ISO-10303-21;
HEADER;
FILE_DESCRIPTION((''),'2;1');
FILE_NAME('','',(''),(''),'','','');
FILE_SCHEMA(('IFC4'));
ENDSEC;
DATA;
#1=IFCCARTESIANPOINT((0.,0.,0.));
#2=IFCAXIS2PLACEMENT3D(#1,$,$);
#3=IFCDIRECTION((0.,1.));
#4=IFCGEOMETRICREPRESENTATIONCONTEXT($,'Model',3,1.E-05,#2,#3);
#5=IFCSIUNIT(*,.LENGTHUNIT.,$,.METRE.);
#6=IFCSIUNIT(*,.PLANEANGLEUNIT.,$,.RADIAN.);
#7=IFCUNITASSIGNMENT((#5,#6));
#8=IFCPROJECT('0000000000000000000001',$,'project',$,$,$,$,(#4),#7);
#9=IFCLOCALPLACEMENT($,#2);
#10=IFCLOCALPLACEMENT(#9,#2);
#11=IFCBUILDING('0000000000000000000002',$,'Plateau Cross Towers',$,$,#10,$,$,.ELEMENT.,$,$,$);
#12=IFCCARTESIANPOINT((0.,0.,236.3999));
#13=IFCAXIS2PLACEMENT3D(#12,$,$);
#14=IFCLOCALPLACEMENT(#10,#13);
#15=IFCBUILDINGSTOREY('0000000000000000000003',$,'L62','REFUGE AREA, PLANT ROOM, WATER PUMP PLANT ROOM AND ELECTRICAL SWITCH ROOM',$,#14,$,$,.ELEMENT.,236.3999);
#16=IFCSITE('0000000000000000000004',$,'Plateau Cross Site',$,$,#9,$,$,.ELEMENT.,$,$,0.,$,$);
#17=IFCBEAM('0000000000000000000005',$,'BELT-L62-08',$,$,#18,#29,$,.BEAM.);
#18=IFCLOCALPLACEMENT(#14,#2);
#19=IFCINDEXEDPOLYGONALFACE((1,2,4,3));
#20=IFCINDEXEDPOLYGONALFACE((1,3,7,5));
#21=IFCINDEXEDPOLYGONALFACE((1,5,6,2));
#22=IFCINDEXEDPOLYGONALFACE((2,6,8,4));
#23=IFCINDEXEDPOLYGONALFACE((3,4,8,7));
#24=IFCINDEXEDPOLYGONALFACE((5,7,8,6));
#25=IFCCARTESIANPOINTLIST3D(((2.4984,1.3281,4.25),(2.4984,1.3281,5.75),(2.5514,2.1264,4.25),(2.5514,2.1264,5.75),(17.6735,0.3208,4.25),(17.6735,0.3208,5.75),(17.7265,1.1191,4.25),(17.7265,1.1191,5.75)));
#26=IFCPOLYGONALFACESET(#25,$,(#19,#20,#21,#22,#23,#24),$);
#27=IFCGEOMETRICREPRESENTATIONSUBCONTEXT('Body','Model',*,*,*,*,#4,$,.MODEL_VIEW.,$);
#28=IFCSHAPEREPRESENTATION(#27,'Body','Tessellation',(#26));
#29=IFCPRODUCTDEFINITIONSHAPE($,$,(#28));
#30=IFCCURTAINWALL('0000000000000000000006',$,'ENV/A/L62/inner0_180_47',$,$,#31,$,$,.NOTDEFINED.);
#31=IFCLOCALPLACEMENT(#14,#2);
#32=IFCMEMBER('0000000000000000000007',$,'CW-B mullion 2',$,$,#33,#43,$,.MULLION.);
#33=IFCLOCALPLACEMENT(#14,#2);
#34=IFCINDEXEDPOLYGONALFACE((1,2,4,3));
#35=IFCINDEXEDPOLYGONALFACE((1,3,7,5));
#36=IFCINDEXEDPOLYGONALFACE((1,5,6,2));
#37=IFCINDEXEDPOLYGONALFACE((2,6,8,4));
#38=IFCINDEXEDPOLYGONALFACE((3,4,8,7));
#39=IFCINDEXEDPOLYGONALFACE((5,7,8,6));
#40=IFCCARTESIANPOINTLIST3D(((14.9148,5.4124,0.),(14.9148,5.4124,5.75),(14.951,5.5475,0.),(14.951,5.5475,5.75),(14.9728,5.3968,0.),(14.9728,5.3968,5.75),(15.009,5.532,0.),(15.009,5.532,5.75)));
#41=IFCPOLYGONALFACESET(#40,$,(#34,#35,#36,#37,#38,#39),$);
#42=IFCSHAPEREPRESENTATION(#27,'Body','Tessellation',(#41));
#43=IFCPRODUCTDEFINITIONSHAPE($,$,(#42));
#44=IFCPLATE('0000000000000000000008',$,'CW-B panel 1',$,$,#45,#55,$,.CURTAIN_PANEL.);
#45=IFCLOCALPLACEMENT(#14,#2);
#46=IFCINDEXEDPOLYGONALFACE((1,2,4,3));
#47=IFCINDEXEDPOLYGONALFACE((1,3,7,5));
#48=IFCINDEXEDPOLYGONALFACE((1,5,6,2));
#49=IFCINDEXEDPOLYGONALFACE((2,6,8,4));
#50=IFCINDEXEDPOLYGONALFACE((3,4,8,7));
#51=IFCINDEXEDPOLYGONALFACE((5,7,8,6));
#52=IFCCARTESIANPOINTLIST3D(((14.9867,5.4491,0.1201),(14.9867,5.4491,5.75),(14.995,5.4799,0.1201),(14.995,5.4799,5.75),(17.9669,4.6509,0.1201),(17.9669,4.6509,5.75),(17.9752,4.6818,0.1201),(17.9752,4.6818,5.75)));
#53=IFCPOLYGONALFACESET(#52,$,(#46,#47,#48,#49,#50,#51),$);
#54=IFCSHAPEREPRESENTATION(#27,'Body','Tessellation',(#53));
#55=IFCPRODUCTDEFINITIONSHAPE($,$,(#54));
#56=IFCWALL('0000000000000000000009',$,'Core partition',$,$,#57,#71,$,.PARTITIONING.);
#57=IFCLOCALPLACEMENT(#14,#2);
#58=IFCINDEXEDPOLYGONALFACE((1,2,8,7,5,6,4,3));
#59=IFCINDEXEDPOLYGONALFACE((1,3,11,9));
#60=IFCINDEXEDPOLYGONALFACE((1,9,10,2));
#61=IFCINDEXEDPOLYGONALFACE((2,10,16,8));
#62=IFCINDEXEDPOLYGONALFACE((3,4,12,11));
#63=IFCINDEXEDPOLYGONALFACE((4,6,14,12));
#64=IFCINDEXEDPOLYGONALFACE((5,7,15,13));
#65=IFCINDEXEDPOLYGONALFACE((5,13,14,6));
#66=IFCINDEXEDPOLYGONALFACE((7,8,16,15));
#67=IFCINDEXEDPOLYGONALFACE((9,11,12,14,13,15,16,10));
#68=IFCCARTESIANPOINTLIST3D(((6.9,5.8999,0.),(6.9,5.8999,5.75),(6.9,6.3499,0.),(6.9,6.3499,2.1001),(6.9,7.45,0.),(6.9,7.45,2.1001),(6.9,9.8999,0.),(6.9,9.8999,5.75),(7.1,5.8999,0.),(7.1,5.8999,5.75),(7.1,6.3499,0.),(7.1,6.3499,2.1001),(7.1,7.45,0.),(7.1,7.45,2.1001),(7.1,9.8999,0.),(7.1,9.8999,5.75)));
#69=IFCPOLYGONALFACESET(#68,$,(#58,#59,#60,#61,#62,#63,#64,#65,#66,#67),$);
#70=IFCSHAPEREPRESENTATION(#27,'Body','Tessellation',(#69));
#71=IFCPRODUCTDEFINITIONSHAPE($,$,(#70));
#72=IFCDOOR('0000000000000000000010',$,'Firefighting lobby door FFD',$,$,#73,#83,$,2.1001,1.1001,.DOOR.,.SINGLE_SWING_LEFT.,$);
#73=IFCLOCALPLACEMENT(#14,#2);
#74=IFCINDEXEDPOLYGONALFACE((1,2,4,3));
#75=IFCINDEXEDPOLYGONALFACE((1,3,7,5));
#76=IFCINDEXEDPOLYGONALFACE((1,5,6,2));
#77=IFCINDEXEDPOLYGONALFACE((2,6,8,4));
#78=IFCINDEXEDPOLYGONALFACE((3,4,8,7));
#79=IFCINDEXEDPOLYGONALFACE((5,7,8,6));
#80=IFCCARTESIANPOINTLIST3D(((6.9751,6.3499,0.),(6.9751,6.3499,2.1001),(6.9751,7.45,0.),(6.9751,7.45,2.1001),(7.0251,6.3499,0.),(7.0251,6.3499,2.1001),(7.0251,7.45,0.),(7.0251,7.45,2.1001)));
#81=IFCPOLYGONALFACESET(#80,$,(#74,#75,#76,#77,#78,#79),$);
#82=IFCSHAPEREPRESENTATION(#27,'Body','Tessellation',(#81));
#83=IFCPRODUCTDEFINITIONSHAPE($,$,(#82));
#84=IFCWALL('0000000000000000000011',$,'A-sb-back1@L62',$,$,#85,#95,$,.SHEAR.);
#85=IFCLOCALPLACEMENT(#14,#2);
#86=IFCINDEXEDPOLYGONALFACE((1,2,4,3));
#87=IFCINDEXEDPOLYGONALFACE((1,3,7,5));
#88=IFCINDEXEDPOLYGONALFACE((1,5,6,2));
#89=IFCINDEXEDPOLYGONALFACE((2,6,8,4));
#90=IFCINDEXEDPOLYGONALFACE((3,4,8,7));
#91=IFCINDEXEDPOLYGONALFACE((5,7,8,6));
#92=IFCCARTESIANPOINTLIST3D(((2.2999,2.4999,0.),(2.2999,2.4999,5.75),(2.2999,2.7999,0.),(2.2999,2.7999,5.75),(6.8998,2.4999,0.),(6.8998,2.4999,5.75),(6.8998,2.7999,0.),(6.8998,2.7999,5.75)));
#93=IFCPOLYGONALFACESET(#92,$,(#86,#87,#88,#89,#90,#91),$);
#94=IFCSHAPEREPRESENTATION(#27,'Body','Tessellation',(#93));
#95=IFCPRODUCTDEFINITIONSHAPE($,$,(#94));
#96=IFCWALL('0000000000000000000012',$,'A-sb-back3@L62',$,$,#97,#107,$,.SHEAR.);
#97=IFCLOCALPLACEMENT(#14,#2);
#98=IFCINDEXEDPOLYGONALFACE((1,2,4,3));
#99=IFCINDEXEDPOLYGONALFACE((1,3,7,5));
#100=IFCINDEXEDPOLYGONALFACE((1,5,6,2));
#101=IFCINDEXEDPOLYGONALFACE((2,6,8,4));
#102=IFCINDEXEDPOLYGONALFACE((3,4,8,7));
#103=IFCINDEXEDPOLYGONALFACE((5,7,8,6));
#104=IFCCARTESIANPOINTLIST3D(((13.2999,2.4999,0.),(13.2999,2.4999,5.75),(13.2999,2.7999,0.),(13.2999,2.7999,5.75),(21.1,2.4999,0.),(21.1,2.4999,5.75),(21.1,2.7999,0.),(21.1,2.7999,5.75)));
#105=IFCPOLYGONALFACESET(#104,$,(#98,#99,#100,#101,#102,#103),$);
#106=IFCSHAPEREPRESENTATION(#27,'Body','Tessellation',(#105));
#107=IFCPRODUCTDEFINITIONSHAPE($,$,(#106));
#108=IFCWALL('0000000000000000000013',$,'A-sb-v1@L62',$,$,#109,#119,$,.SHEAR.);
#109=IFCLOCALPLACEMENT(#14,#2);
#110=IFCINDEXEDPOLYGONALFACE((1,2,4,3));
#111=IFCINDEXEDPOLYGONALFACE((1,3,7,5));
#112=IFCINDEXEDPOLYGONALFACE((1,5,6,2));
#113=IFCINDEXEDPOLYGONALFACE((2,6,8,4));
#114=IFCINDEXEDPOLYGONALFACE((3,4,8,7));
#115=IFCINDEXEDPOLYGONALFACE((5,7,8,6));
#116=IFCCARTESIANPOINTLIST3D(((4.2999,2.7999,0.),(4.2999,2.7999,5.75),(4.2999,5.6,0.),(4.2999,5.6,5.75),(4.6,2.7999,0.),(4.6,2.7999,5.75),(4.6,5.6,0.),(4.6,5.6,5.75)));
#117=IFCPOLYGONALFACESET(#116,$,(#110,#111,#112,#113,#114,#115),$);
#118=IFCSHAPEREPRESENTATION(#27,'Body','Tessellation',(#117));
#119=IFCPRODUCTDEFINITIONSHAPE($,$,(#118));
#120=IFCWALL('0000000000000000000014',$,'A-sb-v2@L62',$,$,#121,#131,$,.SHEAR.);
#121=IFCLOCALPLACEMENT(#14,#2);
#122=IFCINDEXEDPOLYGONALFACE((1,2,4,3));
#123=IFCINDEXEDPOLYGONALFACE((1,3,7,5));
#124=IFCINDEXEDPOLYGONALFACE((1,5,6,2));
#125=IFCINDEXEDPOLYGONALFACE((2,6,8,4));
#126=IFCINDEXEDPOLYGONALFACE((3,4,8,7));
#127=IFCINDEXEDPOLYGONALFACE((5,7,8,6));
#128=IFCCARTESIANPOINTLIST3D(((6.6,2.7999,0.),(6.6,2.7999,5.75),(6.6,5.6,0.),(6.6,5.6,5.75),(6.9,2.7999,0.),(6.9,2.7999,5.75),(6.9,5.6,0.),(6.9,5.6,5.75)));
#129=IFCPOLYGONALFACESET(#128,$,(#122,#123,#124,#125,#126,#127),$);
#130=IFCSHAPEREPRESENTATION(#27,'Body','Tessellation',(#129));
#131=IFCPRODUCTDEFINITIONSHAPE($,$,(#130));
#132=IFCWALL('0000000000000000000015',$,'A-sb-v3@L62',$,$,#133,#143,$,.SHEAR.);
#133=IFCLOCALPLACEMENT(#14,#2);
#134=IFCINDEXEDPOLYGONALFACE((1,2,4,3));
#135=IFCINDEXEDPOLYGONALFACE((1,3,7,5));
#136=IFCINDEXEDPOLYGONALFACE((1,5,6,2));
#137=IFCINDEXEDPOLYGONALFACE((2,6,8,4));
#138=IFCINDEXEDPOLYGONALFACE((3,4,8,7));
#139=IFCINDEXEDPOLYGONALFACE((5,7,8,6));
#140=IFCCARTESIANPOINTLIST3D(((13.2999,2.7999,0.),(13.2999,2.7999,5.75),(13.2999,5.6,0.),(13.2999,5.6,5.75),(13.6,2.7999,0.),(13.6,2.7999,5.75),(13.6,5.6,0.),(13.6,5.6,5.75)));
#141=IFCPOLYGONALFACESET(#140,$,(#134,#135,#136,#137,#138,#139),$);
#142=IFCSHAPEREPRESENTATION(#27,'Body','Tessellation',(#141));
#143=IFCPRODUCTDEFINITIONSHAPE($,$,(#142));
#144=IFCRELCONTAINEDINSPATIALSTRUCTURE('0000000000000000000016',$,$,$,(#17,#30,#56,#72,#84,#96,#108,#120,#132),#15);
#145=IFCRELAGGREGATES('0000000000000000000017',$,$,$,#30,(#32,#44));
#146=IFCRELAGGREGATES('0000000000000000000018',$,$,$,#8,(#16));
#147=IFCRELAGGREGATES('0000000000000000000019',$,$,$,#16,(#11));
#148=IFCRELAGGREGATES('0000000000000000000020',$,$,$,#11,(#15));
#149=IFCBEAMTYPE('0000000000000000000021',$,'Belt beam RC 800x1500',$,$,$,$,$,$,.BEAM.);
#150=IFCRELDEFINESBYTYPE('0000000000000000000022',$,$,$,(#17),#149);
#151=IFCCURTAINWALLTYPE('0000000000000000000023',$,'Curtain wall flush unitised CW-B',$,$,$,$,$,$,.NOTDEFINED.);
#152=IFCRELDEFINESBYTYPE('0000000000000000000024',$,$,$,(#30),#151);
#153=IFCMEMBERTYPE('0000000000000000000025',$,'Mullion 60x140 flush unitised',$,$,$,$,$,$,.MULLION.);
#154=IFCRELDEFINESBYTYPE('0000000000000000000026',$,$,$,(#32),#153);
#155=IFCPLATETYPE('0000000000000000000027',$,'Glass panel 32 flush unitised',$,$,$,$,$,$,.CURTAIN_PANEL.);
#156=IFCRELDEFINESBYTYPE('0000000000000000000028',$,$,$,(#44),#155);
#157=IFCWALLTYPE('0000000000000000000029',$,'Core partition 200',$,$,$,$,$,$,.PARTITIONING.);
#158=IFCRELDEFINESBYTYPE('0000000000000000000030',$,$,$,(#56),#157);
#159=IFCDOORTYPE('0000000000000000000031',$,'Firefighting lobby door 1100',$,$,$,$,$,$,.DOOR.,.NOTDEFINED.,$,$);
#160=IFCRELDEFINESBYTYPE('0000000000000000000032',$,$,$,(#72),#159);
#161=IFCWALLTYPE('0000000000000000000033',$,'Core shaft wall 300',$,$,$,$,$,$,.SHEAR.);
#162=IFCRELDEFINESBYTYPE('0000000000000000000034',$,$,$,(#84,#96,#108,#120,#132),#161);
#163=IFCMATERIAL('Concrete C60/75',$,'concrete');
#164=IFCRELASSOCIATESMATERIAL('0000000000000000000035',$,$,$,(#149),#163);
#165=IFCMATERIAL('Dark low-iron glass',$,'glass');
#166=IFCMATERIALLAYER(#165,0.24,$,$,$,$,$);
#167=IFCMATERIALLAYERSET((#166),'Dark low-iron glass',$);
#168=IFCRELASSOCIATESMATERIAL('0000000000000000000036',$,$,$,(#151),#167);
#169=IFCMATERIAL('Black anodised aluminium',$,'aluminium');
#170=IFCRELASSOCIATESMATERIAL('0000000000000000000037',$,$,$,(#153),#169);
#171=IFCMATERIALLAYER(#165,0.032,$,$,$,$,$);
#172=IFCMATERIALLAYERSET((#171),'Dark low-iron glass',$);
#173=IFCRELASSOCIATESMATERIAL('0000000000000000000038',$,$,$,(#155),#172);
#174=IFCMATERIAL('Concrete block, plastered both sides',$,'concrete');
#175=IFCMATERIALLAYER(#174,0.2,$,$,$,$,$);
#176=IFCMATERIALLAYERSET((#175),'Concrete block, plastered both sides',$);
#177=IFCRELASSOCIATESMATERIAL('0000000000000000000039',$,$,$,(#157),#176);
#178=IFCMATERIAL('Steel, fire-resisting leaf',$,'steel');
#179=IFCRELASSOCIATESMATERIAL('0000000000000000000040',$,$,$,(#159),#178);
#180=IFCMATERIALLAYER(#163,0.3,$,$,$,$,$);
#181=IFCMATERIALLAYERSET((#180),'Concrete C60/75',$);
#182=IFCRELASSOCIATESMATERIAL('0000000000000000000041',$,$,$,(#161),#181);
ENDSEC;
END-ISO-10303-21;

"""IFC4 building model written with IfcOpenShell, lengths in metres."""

from ifc_helpers import new_model, si_unit, direction, frame, frame_2d, origin, origin_2d, place, context, subcontext, project, spatial, rectangle, extrude, material, layer, layer_set, material_profile, profile_set, type_object, element, fill, aggregate, save


model = new_model("IFC4")

# Units and contexts
model_context = context("Model", 3, precision=1e-05, world=origin(), true_north=direction((0.0, 1.0)))
body_context = subcontext(model_context, "Body", "Model", "MODEL_VIEW")
ifc_project = project(units=[si_unit("LENGTHUNIT", "METRE"), si_unit("PLANEANGLEUNIT", "RADIAN")], contexts=[model_context])

# Site, building, storey
site_placement = place(None, origin())
site = spatial("IfcSite", under=ifc_project, at=site_placement, Name="Plateau Cross Site", CompositionType="ELEMENT", RefElevation=0.0)
building_placement = place(site_placement, origin())
building = spatial("IfcBuilding", under=site, at=building_placement, Name="Plateau Cross Towers", CompositionType="ELEMENT")
storey_placement = place(building_placement, frame((0.0, 0.0, 236.3999)))
storey = spatial("IfcBuildingStorey", under=building, at=storey_placement, Name="L62", Description="REFUGE AREA, PLANT ROOM, WATER PUMP PLANT ROOM AND ELECTRICAL SWITCH ROOM", CompositionType="ELEMENT", Elevation=236.3999)

# Beam
ifc_material_1 = material(Name="Concrete C60/75", Category="concrete")
ifc_material_profile_1 = material_profile(ifc_material_1, rectangle(XDim=0.8, YDim=1.5, at=origin_2d()), Name="RC 800x1500")
ifc_profile_set_1 = profile_set([ifc_material_profile_1], Name="Concrete C60/75")
beam_type = type_object("IfcBeamType", Name="Belt beam RC 800x1500", PredefinedType="BEAM", material=ifc_profile_set_1)
beam_placement = place(storey_placement, frame((2.5249, 1.7273, 5.0), z_axis=(0.997804, -0.066235, 0.0), x_axis=(0.066235, 0.997804, 0.0)))
element("IfcBeam", 1, at=beam_placement, inside=storey, type_object=beam_type, Name="BELT-L62-08", PredefinedType="BEAM", context=body_context, shape_type="SweptSolid", body=[
    extrude(rectangle(XDim=0.8, YDim=1.5, at=origin_2d()), origin(), (0.0, 0.0, 1.0), 15.2085),
])

# Curtain wall, member, plate
ifc_material_2 = material(Name="Dark low-iron glass", Category="glass")
ifc_layer_1 = layer(ifc_material_2, 0.24)
ifc_layer_set_1 = layer_set([ifc_layer_1], Name="Dark low-iron glass")
curtain_wall_type = type_object("IfcCurtainWallType", Name="Curtain wall flush unitised CW-B", PredefinedType="NOTDEFINED", material=ifc_layer_set_1)
curtain_wall_placement = place(storey_placement, origin())
curtain_wall = element("IfcCurtainWall", 2, at=curtain_wall_placement, inside=storey, type_object=curtain_wall_type, Name="ENV/A/L62/inner0_180_47", PredefinedType="NOTDEFINED")
ifc_material_3 = material(Name="Black anodised aluminium", Category="aluminium")
ifc_material_profile_2 = material_profile(ifc_material_3, rectangle(XDim=0.0601, YDim=0.1399, at=origin_2d()), Name="MULLION 60x140")
ifc_profile_set_2 = profile_set([ifc_material_profile_2], Name="Black anodised aluminium")
member_type = type_object("IfcMemberType", Name="Mullion 60x140 flush unitised", PredefinedType="MULLION", material=ifc_profile_set_2)
member_placement = place(storey_placement, frame((14.9619, 5.4722, 0.0), z_axis=(0.0, 0.0, 1.0), x_axis=(-0.965958, 0.258699, 0.0)))
member = element("IfcMember", 3, at=member_placement, type_object=member_type, Name="CW-B mullion 2", PredefinedType="MULLION", context=body_context, shape_type="SweptSolid", body=[
    extrude(rectangle(XDim=0.0601, YDim=0.1399, at=origin_2d()), origin(), (0.0, 0.0, 1.0), 5.75),
])
ifc_layer_2 = layer(ifc_material_2, 0.032)
ifc_layer_set_2 = layer_set([ifc_layer_2], Name="Dark low-iron glass")
plate_type = type_object("IfcPlateType", Name="Glass panel 32 flush unitised", PredefinedType="CURTAIN_PANEL", material=ifc_layer_set_2)
plate_placement = place(storey_placement, frame((16.481, 5.0654, 0.1201), z_axis=(0.0, 0.0, 1.0), x_axis=(-0.965958, 0.258699, 0.0)))
plate = element("IfcPlate", 4, at=plate_placement, type_object=plate_type, Name="CW-B panel 1", PredefinedType="CURTAIN_PANEL", context=body_context, shape_type="SweptSolid", body=[
    extrude(rectangle(XDim=3.0852, YDim=0.032, at=origin_2d()), origin(), (0.0, 0.0, 1.0), 5.6299),
])
aggregate(curtain_wall, [member, plate])

# Wall, opening, door
ifc_material_4 = material(Name="Concrete block, plastered both sides", Category="concrete")
ifc_layer_3 = layer(ifc_material_4, 0.2)
ifc_layer_set_3 = layer_set([ifc_layer_3], Name="Concrete block, plastered both sides")
wall_type_1 = type_object("IfcWallType", Name="Core partition 200", PredefinedType="PARTITIONING", material=ifc_layer_set_3)
wall_1_placement = place(storey_placement, frame((7.0, 5.8999, 0.0), z_axis=(0.0, 0.0, 1.0), x_axis=(0.0, 1.0, 0.0)))
wall_1 = element("IfcWall", 5, at=wall_1_placement, inside=storey, type_object=wall_type_1, Name="Core partition", PredefinedType="PARTITIONING", context=body_context, shape_type="SweptSolid", body=[
    extrude(rectangle(XDim=4.0, YDim=0.2, at=frame_2d((2.0, 0.0))), origin(), (0.0, 0.0, 1.0), 5.75),
])
opening_1_placement = place(wall_1_placement, frame((0.45, 0.0, 0.0)))
opening_1 = element("IfcOpeningElement", 6, at=opening_1_placement, cuts=wall_1, PredefinedType="OPENING", context=body_context, shape_type="SweptSolid", body=[
    extrude(rectangle(XDim=1.1001, YDim=2.1001, at=frame_2d((0.55, 1.05))), frame((0.0, 0.1099, 0.0), z_axis=(0.0, -1.0, 0.0), x_axis=(1.0, 0.0, 0.0)), (0.0, 0.0, 1.0), 0.22),
])
ifc_material_5 = material(Name="Steel, fire-resisting leaf", Category="steel")
door_type_1 = type_object("IfcDoorType", Name="Firefighting lobby door 1100", OperationType="NOTDEFINED", PredefinedType="DOOR", material=ifc_material_5)
door_1_placement = place(opening_1_placement, origin())
door_1 = element("IfcDoor", 7, at=door_1_placement, inside=storey, type_object=door_type_1, Name="Firefighting lobby door FFD", OperationType="SINGLE_SWING_LEFT", OverallHeight=2.1001, OverallWidth=1.1001, PredefinedType="DOOR", context=body_context, shape_type="SweptSolid", body=[
    extrude(rectangle(XDim=1.1001, YDim=2.1001, at=frame_2d((0.55, 1.05))), frame((0.0, 0.0249, 0.0), z_axis=(0.0, -1.0, 0.0), x_axis=(1.0, 0.0, 0.0)), (0.0, 0.0, 1.0), 0.05),
])
fill(opening_1, door_1)

# Walls
ifc_layer_4 = layer(ifc_material_1, 0.3)
ifc_layer_set_4 = layer_set([ifc_layer_4], Name="Concrete C60/75")
wall_type_2 = type_object("IfcWallType", Name="Core shaft wall 300", PredefinedType="SHEAR", material=ifc_layer_set_4)
wall_2_placement = place(storey_placement, frame((2.3, 2.6499, 0.0), z_axis=(0.0, 0.0, 1.0), x_axis=(1.0, 0.0, 0.0)))
element("IfcWall", 8, at=wall_2_placement, inside=storey, type_object=wall_type_2, Name="A-sb-back1@L62", PredefinedType="SHEAR", context=body_context, shape_type="SweptSolid", body=[
    extrude(rectangle(XDim=4.5999, YDim=0.3, at=frame_2d((2.2998, 0.0))), origin(), (0.0, 0.0, 1.0), 5.75),
])
wall_3_placement = place(storey_placement, frame((13.3, 2.6499, 0.0), z_axis=(0.0, 0.0, 1.0), x_axis=(1.0, 0.0, 0.0)))
element("IfcWall", 9, at=wall_3_placement, inside=storey, type_object=wall_type_2, Name="A-sb-back3@L62", PredefinedType="SHEAR", context=body_context, shape_type="SweptSolid", body=[
    extrude(rectangle(XDim=7.8, YDim=0.3, at=frame_2d((3.8999, 0.0))), origin(), (0.0, 0.0, 1.0), 5.75),
])
for number, where, z_axis, x_axis, name in (
    (10, (4.45, 2.8, 0.0), (0.0, 0.0, 1.0), (0.0, 1.0, 0.0), "A-sb-v1@L62"),
    (11, (6.75, 2.8, 0.0), (0.0, 0.0, 1.0), (0.0, 1.0, 0.0), "A-sb-v2@L62"),
    (12, (13.45, 2.8, 0.0), (0.0, 0.0, 1.0), (0.0, 1.0, 0.0), "A-sb-v3@L62"),
):
    element("IfcWall", number, at=place(storey_placement, frame(where, z_axis=z_axis, x_axis=x_axis)), inside=storey, type_object=wall_type_2, Name=name, PredefinedType="SHEAR", context=body_context, shape_type="SweptSolid", body=[
        extrude(rectangle(XDim=2.8, YDim=0.3, at=frame_2d((1.3999, 0.0))), origin(), (0.0, 0.0, 1.0), 5.75),
    ])

save(model, "model.ifc")
